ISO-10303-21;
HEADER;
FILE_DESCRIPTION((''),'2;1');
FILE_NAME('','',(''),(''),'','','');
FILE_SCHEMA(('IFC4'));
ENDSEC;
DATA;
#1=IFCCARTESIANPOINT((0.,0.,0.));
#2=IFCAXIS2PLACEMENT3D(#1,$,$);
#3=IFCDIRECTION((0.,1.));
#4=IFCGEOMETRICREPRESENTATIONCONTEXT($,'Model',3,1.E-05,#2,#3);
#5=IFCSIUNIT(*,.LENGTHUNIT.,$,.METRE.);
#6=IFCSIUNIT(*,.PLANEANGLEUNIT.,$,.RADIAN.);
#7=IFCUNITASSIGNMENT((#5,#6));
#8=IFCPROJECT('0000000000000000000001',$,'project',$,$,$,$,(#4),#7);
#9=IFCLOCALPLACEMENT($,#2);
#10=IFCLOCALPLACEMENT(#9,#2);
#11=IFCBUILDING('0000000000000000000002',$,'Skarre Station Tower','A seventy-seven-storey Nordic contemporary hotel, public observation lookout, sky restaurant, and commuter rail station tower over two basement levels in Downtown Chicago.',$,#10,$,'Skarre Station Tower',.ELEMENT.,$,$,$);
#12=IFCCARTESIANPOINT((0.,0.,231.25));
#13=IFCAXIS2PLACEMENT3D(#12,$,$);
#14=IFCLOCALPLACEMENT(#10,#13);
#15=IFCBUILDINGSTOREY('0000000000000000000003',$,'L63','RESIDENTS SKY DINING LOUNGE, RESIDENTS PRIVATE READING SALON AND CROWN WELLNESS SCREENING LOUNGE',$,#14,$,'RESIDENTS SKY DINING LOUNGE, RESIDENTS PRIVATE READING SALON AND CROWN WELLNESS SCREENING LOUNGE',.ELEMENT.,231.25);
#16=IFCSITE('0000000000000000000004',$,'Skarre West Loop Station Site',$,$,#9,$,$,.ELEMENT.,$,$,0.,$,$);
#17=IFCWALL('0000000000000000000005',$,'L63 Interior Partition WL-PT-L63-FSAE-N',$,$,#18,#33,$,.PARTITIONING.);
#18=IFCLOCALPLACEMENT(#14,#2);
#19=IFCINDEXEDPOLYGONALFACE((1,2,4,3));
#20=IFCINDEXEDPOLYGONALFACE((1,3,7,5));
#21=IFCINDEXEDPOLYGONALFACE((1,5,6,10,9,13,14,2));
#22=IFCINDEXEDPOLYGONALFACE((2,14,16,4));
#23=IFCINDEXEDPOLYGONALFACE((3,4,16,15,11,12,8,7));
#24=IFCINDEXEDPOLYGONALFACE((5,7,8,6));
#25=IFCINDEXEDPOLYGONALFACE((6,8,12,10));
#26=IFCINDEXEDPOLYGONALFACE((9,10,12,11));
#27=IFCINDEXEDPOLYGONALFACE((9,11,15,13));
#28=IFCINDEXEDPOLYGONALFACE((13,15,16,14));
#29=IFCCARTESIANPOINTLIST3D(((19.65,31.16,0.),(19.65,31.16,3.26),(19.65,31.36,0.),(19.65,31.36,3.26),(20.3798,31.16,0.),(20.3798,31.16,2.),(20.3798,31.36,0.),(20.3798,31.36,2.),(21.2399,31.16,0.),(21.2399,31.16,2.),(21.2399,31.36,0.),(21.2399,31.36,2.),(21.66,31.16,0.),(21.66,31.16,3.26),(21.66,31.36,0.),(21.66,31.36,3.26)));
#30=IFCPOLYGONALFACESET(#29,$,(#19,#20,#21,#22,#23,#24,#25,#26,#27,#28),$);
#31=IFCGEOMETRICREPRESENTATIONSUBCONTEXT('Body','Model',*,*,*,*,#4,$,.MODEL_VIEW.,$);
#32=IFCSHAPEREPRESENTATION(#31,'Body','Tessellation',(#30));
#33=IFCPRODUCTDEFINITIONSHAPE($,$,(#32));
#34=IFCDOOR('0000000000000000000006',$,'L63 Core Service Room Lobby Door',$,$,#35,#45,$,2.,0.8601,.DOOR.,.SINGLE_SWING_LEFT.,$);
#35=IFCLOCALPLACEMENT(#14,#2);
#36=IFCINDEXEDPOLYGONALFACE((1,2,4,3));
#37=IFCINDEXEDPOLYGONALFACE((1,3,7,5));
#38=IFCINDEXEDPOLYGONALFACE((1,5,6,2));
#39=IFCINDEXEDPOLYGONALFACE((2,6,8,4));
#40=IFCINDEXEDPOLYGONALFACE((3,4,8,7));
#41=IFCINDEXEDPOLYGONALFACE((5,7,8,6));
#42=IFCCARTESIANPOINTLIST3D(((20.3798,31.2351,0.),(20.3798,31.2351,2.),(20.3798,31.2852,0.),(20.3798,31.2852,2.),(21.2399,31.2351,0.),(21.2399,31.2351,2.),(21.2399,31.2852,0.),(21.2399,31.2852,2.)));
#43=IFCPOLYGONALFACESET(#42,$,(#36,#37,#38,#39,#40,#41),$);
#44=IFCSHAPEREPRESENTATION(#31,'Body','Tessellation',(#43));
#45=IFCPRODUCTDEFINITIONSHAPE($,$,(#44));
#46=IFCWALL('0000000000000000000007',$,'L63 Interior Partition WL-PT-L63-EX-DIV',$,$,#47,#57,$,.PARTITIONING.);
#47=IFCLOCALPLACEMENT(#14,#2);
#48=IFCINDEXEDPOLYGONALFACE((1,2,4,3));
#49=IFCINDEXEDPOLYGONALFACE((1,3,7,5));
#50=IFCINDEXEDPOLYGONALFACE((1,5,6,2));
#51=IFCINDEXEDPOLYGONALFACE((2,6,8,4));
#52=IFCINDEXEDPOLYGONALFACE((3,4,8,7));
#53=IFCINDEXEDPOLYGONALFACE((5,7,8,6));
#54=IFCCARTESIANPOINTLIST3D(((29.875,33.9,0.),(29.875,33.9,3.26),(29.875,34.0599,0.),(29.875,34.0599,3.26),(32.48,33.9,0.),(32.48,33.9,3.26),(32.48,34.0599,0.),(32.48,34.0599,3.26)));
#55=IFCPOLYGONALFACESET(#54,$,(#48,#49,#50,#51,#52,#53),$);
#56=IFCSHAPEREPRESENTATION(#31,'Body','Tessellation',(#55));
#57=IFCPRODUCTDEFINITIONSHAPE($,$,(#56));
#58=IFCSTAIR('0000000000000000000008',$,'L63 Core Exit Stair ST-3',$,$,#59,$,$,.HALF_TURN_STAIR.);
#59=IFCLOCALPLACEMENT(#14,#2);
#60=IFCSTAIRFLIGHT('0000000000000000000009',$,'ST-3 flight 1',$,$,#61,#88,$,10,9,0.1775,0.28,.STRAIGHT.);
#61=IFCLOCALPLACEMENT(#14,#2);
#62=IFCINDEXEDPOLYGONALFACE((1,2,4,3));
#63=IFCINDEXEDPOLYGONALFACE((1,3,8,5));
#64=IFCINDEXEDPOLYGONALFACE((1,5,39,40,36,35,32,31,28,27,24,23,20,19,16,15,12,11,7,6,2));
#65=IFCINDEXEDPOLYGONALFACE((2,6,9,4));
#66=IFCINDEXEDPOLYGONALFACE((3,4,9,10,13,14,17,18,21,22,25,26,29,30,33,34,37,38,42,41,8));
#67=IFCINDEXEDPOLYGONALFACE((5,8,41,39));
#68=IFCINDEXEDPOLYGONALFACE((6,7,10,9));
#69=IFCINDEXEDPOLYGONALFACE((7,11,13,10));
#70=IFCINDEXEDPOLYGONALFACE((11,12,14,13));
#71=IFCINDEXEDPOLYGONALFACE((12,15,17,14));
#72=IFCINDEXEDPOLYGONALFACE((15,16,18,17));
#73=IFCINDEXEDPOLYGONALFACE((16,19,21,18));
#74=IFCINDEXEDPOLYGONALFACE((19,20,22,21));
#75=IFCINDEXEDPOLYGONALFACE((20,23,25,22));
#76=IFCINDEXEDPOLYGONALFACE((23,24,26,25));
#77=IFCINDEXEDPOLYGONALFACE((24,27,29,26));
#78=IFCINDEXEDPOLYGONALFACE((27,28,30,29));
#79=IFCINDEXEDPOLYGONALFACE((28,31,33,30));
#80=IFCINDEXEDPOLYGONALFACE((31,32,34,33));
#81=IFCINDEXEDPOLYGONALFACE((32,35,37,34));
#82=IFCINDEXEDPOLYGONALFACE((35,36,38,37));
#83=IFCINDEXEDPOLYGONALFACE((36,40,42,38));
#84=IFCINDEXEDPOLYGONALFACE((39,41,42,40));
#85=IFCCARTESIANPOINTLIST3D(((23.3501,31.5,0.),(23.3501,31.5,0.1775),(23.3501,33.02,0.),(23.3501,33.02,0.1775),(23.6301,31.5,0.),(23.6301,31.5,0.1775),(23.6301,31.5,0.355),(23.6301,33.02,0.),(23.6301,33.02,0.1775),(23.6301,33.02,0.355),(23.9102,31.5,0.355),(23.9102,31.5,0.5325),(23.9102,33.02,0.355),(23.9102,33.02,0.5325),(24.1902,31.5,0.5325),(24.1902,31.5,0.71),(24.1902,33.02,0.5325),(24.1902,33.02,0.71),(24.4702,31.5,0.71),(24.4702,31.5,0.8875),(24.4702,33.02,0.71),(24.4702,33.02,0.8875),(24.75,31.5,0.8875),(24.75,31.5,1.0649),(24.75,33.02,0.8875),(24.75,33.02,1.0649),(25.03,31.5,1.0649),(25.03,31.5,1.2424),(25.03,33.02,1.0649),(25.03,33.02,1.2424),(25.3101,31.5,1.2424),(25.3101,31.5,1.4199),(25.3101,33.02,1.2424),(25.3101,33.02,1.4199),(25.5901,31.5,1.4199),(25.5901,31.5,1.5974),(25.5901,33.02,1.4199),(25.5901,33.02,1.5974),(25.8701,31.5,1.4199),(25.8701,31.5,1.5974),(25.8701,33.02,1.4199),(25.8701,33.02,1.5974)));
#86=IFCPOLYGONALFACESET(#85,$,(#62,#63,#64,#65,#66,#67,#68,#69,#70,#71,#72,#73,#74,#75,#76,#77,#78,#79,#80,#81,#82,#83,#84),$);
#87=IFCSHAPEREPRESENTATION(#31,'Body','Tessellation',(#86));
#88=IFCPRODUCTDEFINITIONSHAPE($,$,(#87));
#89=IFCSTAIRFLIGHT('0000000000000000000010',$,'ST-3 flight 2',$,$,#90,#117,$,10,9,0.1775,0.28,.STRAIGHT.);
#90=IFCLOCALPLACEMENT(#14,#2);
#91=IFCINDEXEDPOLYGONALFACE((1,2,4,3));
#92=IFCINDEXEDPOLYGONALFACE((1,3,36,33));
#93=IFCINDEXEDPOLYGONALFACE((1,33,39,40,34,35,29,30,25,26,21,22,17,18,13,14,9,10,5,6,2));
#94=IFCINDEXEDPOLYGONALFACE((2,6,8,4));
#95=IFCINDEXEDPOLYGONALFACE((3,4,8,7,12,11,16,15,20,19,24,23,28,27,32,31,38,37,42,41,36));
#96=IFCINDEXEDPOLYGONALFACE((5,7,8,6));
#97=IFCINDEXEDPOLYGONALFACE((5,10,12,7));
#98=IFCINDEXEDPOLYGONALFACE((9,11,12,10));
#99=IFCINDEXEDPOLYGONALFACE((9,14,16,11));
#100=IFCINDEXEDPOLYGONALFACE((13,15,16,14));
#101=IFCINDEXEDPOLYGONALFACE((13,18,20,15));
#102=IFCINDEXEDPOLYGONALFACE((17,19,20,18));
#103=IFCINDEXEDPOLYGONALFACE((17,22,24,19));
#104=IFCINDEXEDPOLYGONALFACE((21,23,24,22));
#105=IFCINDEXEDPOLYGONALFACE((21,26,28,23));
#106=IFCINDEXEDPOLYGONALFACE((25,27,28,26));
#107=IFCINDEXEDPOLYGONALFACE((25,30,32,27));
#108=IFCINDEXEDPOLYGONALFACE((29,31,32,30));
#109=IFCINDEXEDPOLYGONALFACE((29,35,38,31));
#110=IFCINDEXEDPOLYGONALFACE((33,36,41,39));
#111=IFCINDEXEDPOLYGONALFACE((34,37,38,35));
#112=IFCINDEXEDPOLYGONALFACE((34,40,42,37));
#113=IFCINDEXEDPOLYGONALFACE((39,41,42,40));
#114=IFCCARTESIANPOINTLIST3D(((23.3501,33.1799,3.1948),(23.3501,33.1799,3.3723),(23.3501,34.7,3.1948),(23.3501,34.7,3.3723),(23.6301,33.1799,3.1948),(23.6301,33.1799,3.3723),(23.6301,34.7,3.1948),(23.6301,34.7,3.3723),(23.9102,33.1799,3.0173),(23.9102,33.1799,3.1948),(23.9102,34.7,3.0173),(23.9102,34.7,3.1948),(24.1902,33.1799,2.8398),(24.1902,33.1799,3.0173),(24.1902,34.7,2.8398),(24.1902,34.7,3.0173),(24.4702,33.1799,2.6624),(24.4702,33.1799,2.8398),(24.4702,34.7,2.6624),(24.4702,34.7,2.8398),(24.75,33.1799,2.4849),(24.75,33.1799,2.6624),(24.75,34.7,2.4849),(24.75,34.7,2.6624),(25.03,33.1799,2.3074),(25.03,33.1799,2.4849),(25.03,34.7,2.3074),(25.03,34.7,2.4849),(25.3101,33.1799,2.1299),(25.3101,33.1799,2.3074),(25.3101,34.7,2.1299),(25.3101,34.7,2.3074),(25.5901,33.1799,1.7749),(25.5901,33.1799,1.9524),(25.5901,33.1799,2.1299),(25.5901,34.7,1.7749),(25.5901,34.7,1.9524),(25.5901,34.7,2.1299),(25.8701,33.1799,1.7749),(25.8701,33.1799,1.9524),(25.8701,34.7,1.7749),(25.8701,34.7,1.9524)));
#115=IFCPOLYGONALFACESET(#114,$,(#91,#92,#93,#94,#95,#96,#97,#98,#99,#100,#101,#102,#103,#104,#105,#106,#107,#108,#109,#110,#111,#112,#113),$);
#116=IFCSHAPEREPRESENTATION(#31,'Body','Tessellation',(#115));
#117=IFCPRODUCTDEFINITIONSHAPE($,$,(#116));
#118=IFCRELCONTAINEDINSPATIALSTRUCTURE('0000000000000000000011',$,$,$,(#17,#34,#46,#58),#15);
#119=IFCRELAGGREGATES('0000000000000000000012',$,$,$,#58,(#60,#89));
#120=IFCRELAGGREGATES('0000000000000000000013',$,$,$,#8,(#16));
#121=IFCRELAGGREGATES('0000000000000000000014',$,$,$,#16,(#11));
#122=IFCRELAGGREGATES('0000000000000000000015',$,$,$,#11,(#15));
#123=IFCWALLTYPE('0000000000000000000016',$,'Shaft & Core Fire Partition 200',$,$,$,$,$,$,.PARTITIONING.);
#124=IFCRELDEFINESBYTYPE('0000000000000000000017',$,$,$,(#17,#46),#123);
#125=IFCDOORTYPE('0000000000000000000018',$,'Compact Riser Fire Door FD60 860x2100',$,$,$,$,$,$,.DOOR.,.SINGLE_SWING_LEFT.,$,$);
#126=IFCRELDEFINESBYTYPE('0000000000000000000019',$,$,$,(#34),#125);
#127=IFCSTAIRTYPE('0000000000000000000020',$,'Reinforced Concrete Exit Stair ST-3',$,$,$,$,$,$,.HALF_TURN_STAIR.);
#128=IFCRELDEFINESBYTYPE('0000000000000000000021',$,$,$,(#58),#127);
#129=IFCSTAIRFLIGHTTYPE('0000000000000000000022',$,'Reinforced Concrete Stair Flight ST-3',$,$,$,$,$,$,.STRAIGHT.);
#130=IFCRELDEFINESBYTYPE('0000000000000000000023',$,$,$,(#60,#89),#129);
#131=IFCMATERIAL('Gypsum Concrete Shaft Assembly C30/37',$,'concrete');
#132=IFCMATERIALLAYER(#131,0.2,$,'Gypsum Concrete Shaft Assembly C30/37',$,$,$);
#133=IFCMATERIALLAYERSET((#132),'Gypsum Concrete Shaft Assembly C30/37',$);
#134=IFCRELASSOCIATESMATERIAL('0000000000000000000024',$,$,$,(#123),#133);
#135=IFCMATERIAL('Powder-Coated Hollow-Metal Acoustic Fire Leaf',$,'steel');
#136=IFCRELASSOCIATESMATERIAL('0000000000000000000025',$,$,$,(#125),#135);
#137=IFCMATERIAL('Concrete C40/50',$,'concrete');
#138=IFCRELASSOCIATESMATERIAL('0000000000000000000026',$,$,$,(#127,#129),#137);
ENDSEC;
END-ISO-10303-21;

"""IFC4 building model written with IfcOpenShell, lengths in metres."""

from ifc_helpers import new_model, si_unit, direction, frame, frame_2d, origin, place, context, subcontext, project, spatial, polyline, rectangle, outline, extrude, material, layer, layer_set, type_object, element, fill, aggregate, save


model = new_model("IFC4")

# Units and contexts
model_context = context("Model", 3, precision=1e-05, world=origin(), true_north=direction((0.0, 1.0)))
body_context = subcontext(model_context, "Body", "Model", "MODEL_VIEW")
ifc_project = project(units=[si_unit("LENGTHUNIT", "METRE"), si_unit("PLANEANGLEUNIT", "RADIAN")], contexts=[model_context])

# Site, building, storey
site_placement = place(None, origin())
site = spatial("IfcSite", under=ifc_project, at=site_placement, Name="Skarre West Loop Station Site", CompositionType="ELEMENT", RefElevation=0.0)
building_placement = place(site_placement, origin())
building = spatial("IfcBuilding", under=site, at=building_placement, Name="Skarre Station Tower", Description="A seventy-seven-storey Nordic contemporary hotel, public observation lookout, sky restaurant, and commuter rail station tower over two basement levels in Downtown Chicago.", LongName="Skarre Station Tower", CompositionType="ELEMENT")
storey_placement = place(building_placement, frame((0.0, 0.0, 231.25)))
storey = spatial("IfcBuildingStorey", under=building, at=storey_placement, Name="L63", Description="RESIDENTS SKY DINING LOUNGE, RESIDENTS PRIVATE READING SALON AND CROWN WELLNESS SCREENING LOUNGE", LongName="RESIDENTS SKY DINING LOUNGE, RESIDENTS PRIVATE READING SALON AND CROWN WELLNESS SCREENING LOUNGE", CompositionType="ELEMENT", Elevation=231.25)

# Wall, opening, door
ifc_material_1 = material(Name="Gypsum Concrete Shaft Assembly C30/37", Category="concrete")
ifc_layer_1 = layer(ifc_material_1, 0.2, Name="Gypsum Concrete Shaft Assembly C30/37")
ifc_layer_set_1 = layer_set([ifc_layer_1], Name="Gypsum Concrete Shaft Assembly C30/37")
wall_type_1 = type_object("IfcWallType", Name="Shaft & Core Fire Partition 200", PredefinedType="PARTITIONING", material=ifc_layer_set_1)
wall_1_placement = place(storey_placement, frame((21.6599, 31.26, 0.0), z_axis=(0.0, 0.0, 1.0), x_axis=(-1.0, 0.0, 0.0)))
wall_1 = element("IfcWall", 1, at=wall_1_placement, inside=storey, type_object=wall_type_1, Name="L63 Interior Partition WL-PT-L63-FSAE-N", PredefinedType="PARTITIONING", context=body_context, shape_type="SweptSolid", body=[
    extrude(rectangle(XDim=2.01, YDim=0.2, at=frame_2d((1.0049, 0.0))), origin(), (0.0, 0.0, 1.0), 3.26),
])
opening_1_placement = place(wall_1_placement, frame((0.4199, 0.0, 0.0)))
opening_1 = element("IfcOpeningElement", 2, at=opening_1_placement, cuts=wall_1, PredefinedType="OPENING", context=body_context, shape_type="SweptSolid", body=[
    extrude(rectangle(XDim=0.8601, YDim=2.0, at=frame_2d((0.4302, 1.0))), frame((0.0, 0.1099, 0.0), z_axis=(0.0, -1.0, 0.0), x_axis=(1.0, 0.0, 0.0)), (0.0, 0.0, 1.0), 0.22),
])
ifc_material_2 = material(Name="Powder-Coated Hollow-Metal Acoustic Fire Leaf", Category="steel")
door_type_1 = type_object("IfcDoorType", Name="Compact Riser Fire Door FD60 860x2100", OperationType="SINGLE_SWING_LEFT", PredefinedType="DOOR", material=ifc_material_2)
door_1_placement = place(opening_1_placement, origin())
door_1 = element("IfcDoor", 3, at=door_1_placement, inside=storey, type_object=door_type_1, Name="L63 Core Service Room Lobby Door", OperationType="SINGLE_SWING_LEFT", OverallHeight=2.0, OverallWidth=0.8601, PredefinedType="DOOR", context=body_context, shape_type="SweptSolid", body=[
    extrude(rectangle(XDim=0.8601, YDim=2.0, at=frame_2d((0.4302, 1.0))), frame((0.0, 0.0249, 0.0), z_axis=(0.0, -1.0, 0.0), x_axis=(1.0, 0.0, 0.0)), (0.0, 0.0, 1.0), 0.05),
])
fill(opening_1, door_1)

# Wall
wall_2_placement = place(storey_placement, frame((29.875, 33.98, 0.0), z_axis=(0.0, 0.0, 1.0), x_axis=(1.0, 0.0, 0.0)))
element("IfcWall", 4, at=wall_2_placement, inside=storey, type_object=wall_type_1, Name="L63 Interior Partition WL-PT-L63-EX-DIV", PredefinedType="PARTITIONING", context=body_context, shape_type="SweptSolid", body=[
    extrude(rectangle(XDim=2.605, YDim=0.1599, at=frame_2d((1.3025, 0.0))), origin(), (0.0, 0.0, 1.0), 3.26),
])

# Stair, stair flights
ifc_material_3 = material(Name="Concrete C40/50", Category="concrete")
stair_type = type_object("IfcStairType", Name="Reinforced Concrete Exit Stair ST-3", PredefinedType="HALF_TURN_STAIR", material=ifc_material_3)
stair_placement = place(storey_placement, origin())
stair = element("IfcStair", 5, at=stair_placement, inside=storey, type_object=stair_type, Name="L63 Core Exit Stair ST-3", PredefinedType="HALF_TURN_STAIR")
stair_flight_type = type_object("IfcStairFlightType", Name="Reinforced Concrete Stair Flight ST-3", PredefinedType="STRAIGHT", material=ifc_material_3)
stair_flight_1_placement = place(storey_placement, frame((23.3501, 32.26, 0.0), z_axis=(0.0, 0.0, 1.0), x_axis=(1.0, 0.0, 0.0)))
stair_flight_1 = element("IfcStairFlight", 6, at=stair_flight_1_placement, type_object=stair_flight_type, Name="ST-3 flight 1", NumberOfRisers=10, NumberOfTreads=9, PredefinedType="STRAIGHT", RiserHeight=0.1775, TreadLength=0.28, context=body_context, shape_type="SweptSolid", body=[
    extrude(outline(polyline([(0.0, 0.0), (0.0, 0.1775), (0.28, 0.1775), (0.28, 0.355), (0.5601, 0.355), (0.5601, 0.5325), (0.8401, 0.5325), (0.8401, 0.71), (1.1201, 0.71), (1.1201, 0.8875), (1.3999, 0.8875), (1.3999, 1.0649), (1.6799, 1.0649), (1.6799, 1.2424), (1.96, 1.2424), (1.96, 1.4199), (2.24, 1.4199), (2.24, 1.5974), (2.52, 1.5974), (2.52, 1.7749), (2.52, 1.4199), (0.28, 0.0), (0.0, 0.0)])), frame((0.0, 0.76, 0.0), z_axis=(0.0, -1.0, 0.0), x_axis=(1.0, 0.0, 0.0)), (0.0, 0.0, 1.0), 1.52),
])
stair_flight_2_placement = place(storey_placement, frame((25.8701, 33.9399, 1.7749), z_axis=(0.0, 0.0, 1.0), x_axis=(-1.0, 0.0, 0.0)))
stair_flight_2 = element("IfcStairFlight", 7, at=stair_flight_2_placement, type_object=stair_flight_type, Name="ST-3 flight 2", NumberOfRisers=10, NumberOfTreads=9, PredefinedType="STRAIGHT", RiserHeight=0.1775, TreadLength=0.28, context=body_context, shape_type="SweptSolid", body=[
    extrude(outline(polyline([(0.0, 0.0), (0.0, 0.1775), (0.28, 0.1775), (0.28, 0.355), (0.5601, 0.355), (0.5601, 0.5325), (0.8401, 0.5325), (0.8401, 0.71), (1.1201, 0.71), (1.1201, 0.8875), (1.3999, 0.8875), (1.3999, 1.0649), (1.6799, 1.0649), (1.6799, 1.2424), (1.96, 1.2424), (1.96, 1.4199), (2.24, 1.4199), (2.24, 1.5974), (2.52, 1.5974), (2.52, 1.7749), (2.52, 1.4199), (0.28, 0.0), (0.0, 0.0)])), frame((0.0, 0.76, 0.0), z_axis=(0.0, -1.0, 0.0), x_axis=(1.0, 0.0, 0.0)), (0.0, 0.0, 1.0), 1.52),
])
aggregate(stair, [stair_flight_1, stair_flight_2])

save(model, "model.ifc")
